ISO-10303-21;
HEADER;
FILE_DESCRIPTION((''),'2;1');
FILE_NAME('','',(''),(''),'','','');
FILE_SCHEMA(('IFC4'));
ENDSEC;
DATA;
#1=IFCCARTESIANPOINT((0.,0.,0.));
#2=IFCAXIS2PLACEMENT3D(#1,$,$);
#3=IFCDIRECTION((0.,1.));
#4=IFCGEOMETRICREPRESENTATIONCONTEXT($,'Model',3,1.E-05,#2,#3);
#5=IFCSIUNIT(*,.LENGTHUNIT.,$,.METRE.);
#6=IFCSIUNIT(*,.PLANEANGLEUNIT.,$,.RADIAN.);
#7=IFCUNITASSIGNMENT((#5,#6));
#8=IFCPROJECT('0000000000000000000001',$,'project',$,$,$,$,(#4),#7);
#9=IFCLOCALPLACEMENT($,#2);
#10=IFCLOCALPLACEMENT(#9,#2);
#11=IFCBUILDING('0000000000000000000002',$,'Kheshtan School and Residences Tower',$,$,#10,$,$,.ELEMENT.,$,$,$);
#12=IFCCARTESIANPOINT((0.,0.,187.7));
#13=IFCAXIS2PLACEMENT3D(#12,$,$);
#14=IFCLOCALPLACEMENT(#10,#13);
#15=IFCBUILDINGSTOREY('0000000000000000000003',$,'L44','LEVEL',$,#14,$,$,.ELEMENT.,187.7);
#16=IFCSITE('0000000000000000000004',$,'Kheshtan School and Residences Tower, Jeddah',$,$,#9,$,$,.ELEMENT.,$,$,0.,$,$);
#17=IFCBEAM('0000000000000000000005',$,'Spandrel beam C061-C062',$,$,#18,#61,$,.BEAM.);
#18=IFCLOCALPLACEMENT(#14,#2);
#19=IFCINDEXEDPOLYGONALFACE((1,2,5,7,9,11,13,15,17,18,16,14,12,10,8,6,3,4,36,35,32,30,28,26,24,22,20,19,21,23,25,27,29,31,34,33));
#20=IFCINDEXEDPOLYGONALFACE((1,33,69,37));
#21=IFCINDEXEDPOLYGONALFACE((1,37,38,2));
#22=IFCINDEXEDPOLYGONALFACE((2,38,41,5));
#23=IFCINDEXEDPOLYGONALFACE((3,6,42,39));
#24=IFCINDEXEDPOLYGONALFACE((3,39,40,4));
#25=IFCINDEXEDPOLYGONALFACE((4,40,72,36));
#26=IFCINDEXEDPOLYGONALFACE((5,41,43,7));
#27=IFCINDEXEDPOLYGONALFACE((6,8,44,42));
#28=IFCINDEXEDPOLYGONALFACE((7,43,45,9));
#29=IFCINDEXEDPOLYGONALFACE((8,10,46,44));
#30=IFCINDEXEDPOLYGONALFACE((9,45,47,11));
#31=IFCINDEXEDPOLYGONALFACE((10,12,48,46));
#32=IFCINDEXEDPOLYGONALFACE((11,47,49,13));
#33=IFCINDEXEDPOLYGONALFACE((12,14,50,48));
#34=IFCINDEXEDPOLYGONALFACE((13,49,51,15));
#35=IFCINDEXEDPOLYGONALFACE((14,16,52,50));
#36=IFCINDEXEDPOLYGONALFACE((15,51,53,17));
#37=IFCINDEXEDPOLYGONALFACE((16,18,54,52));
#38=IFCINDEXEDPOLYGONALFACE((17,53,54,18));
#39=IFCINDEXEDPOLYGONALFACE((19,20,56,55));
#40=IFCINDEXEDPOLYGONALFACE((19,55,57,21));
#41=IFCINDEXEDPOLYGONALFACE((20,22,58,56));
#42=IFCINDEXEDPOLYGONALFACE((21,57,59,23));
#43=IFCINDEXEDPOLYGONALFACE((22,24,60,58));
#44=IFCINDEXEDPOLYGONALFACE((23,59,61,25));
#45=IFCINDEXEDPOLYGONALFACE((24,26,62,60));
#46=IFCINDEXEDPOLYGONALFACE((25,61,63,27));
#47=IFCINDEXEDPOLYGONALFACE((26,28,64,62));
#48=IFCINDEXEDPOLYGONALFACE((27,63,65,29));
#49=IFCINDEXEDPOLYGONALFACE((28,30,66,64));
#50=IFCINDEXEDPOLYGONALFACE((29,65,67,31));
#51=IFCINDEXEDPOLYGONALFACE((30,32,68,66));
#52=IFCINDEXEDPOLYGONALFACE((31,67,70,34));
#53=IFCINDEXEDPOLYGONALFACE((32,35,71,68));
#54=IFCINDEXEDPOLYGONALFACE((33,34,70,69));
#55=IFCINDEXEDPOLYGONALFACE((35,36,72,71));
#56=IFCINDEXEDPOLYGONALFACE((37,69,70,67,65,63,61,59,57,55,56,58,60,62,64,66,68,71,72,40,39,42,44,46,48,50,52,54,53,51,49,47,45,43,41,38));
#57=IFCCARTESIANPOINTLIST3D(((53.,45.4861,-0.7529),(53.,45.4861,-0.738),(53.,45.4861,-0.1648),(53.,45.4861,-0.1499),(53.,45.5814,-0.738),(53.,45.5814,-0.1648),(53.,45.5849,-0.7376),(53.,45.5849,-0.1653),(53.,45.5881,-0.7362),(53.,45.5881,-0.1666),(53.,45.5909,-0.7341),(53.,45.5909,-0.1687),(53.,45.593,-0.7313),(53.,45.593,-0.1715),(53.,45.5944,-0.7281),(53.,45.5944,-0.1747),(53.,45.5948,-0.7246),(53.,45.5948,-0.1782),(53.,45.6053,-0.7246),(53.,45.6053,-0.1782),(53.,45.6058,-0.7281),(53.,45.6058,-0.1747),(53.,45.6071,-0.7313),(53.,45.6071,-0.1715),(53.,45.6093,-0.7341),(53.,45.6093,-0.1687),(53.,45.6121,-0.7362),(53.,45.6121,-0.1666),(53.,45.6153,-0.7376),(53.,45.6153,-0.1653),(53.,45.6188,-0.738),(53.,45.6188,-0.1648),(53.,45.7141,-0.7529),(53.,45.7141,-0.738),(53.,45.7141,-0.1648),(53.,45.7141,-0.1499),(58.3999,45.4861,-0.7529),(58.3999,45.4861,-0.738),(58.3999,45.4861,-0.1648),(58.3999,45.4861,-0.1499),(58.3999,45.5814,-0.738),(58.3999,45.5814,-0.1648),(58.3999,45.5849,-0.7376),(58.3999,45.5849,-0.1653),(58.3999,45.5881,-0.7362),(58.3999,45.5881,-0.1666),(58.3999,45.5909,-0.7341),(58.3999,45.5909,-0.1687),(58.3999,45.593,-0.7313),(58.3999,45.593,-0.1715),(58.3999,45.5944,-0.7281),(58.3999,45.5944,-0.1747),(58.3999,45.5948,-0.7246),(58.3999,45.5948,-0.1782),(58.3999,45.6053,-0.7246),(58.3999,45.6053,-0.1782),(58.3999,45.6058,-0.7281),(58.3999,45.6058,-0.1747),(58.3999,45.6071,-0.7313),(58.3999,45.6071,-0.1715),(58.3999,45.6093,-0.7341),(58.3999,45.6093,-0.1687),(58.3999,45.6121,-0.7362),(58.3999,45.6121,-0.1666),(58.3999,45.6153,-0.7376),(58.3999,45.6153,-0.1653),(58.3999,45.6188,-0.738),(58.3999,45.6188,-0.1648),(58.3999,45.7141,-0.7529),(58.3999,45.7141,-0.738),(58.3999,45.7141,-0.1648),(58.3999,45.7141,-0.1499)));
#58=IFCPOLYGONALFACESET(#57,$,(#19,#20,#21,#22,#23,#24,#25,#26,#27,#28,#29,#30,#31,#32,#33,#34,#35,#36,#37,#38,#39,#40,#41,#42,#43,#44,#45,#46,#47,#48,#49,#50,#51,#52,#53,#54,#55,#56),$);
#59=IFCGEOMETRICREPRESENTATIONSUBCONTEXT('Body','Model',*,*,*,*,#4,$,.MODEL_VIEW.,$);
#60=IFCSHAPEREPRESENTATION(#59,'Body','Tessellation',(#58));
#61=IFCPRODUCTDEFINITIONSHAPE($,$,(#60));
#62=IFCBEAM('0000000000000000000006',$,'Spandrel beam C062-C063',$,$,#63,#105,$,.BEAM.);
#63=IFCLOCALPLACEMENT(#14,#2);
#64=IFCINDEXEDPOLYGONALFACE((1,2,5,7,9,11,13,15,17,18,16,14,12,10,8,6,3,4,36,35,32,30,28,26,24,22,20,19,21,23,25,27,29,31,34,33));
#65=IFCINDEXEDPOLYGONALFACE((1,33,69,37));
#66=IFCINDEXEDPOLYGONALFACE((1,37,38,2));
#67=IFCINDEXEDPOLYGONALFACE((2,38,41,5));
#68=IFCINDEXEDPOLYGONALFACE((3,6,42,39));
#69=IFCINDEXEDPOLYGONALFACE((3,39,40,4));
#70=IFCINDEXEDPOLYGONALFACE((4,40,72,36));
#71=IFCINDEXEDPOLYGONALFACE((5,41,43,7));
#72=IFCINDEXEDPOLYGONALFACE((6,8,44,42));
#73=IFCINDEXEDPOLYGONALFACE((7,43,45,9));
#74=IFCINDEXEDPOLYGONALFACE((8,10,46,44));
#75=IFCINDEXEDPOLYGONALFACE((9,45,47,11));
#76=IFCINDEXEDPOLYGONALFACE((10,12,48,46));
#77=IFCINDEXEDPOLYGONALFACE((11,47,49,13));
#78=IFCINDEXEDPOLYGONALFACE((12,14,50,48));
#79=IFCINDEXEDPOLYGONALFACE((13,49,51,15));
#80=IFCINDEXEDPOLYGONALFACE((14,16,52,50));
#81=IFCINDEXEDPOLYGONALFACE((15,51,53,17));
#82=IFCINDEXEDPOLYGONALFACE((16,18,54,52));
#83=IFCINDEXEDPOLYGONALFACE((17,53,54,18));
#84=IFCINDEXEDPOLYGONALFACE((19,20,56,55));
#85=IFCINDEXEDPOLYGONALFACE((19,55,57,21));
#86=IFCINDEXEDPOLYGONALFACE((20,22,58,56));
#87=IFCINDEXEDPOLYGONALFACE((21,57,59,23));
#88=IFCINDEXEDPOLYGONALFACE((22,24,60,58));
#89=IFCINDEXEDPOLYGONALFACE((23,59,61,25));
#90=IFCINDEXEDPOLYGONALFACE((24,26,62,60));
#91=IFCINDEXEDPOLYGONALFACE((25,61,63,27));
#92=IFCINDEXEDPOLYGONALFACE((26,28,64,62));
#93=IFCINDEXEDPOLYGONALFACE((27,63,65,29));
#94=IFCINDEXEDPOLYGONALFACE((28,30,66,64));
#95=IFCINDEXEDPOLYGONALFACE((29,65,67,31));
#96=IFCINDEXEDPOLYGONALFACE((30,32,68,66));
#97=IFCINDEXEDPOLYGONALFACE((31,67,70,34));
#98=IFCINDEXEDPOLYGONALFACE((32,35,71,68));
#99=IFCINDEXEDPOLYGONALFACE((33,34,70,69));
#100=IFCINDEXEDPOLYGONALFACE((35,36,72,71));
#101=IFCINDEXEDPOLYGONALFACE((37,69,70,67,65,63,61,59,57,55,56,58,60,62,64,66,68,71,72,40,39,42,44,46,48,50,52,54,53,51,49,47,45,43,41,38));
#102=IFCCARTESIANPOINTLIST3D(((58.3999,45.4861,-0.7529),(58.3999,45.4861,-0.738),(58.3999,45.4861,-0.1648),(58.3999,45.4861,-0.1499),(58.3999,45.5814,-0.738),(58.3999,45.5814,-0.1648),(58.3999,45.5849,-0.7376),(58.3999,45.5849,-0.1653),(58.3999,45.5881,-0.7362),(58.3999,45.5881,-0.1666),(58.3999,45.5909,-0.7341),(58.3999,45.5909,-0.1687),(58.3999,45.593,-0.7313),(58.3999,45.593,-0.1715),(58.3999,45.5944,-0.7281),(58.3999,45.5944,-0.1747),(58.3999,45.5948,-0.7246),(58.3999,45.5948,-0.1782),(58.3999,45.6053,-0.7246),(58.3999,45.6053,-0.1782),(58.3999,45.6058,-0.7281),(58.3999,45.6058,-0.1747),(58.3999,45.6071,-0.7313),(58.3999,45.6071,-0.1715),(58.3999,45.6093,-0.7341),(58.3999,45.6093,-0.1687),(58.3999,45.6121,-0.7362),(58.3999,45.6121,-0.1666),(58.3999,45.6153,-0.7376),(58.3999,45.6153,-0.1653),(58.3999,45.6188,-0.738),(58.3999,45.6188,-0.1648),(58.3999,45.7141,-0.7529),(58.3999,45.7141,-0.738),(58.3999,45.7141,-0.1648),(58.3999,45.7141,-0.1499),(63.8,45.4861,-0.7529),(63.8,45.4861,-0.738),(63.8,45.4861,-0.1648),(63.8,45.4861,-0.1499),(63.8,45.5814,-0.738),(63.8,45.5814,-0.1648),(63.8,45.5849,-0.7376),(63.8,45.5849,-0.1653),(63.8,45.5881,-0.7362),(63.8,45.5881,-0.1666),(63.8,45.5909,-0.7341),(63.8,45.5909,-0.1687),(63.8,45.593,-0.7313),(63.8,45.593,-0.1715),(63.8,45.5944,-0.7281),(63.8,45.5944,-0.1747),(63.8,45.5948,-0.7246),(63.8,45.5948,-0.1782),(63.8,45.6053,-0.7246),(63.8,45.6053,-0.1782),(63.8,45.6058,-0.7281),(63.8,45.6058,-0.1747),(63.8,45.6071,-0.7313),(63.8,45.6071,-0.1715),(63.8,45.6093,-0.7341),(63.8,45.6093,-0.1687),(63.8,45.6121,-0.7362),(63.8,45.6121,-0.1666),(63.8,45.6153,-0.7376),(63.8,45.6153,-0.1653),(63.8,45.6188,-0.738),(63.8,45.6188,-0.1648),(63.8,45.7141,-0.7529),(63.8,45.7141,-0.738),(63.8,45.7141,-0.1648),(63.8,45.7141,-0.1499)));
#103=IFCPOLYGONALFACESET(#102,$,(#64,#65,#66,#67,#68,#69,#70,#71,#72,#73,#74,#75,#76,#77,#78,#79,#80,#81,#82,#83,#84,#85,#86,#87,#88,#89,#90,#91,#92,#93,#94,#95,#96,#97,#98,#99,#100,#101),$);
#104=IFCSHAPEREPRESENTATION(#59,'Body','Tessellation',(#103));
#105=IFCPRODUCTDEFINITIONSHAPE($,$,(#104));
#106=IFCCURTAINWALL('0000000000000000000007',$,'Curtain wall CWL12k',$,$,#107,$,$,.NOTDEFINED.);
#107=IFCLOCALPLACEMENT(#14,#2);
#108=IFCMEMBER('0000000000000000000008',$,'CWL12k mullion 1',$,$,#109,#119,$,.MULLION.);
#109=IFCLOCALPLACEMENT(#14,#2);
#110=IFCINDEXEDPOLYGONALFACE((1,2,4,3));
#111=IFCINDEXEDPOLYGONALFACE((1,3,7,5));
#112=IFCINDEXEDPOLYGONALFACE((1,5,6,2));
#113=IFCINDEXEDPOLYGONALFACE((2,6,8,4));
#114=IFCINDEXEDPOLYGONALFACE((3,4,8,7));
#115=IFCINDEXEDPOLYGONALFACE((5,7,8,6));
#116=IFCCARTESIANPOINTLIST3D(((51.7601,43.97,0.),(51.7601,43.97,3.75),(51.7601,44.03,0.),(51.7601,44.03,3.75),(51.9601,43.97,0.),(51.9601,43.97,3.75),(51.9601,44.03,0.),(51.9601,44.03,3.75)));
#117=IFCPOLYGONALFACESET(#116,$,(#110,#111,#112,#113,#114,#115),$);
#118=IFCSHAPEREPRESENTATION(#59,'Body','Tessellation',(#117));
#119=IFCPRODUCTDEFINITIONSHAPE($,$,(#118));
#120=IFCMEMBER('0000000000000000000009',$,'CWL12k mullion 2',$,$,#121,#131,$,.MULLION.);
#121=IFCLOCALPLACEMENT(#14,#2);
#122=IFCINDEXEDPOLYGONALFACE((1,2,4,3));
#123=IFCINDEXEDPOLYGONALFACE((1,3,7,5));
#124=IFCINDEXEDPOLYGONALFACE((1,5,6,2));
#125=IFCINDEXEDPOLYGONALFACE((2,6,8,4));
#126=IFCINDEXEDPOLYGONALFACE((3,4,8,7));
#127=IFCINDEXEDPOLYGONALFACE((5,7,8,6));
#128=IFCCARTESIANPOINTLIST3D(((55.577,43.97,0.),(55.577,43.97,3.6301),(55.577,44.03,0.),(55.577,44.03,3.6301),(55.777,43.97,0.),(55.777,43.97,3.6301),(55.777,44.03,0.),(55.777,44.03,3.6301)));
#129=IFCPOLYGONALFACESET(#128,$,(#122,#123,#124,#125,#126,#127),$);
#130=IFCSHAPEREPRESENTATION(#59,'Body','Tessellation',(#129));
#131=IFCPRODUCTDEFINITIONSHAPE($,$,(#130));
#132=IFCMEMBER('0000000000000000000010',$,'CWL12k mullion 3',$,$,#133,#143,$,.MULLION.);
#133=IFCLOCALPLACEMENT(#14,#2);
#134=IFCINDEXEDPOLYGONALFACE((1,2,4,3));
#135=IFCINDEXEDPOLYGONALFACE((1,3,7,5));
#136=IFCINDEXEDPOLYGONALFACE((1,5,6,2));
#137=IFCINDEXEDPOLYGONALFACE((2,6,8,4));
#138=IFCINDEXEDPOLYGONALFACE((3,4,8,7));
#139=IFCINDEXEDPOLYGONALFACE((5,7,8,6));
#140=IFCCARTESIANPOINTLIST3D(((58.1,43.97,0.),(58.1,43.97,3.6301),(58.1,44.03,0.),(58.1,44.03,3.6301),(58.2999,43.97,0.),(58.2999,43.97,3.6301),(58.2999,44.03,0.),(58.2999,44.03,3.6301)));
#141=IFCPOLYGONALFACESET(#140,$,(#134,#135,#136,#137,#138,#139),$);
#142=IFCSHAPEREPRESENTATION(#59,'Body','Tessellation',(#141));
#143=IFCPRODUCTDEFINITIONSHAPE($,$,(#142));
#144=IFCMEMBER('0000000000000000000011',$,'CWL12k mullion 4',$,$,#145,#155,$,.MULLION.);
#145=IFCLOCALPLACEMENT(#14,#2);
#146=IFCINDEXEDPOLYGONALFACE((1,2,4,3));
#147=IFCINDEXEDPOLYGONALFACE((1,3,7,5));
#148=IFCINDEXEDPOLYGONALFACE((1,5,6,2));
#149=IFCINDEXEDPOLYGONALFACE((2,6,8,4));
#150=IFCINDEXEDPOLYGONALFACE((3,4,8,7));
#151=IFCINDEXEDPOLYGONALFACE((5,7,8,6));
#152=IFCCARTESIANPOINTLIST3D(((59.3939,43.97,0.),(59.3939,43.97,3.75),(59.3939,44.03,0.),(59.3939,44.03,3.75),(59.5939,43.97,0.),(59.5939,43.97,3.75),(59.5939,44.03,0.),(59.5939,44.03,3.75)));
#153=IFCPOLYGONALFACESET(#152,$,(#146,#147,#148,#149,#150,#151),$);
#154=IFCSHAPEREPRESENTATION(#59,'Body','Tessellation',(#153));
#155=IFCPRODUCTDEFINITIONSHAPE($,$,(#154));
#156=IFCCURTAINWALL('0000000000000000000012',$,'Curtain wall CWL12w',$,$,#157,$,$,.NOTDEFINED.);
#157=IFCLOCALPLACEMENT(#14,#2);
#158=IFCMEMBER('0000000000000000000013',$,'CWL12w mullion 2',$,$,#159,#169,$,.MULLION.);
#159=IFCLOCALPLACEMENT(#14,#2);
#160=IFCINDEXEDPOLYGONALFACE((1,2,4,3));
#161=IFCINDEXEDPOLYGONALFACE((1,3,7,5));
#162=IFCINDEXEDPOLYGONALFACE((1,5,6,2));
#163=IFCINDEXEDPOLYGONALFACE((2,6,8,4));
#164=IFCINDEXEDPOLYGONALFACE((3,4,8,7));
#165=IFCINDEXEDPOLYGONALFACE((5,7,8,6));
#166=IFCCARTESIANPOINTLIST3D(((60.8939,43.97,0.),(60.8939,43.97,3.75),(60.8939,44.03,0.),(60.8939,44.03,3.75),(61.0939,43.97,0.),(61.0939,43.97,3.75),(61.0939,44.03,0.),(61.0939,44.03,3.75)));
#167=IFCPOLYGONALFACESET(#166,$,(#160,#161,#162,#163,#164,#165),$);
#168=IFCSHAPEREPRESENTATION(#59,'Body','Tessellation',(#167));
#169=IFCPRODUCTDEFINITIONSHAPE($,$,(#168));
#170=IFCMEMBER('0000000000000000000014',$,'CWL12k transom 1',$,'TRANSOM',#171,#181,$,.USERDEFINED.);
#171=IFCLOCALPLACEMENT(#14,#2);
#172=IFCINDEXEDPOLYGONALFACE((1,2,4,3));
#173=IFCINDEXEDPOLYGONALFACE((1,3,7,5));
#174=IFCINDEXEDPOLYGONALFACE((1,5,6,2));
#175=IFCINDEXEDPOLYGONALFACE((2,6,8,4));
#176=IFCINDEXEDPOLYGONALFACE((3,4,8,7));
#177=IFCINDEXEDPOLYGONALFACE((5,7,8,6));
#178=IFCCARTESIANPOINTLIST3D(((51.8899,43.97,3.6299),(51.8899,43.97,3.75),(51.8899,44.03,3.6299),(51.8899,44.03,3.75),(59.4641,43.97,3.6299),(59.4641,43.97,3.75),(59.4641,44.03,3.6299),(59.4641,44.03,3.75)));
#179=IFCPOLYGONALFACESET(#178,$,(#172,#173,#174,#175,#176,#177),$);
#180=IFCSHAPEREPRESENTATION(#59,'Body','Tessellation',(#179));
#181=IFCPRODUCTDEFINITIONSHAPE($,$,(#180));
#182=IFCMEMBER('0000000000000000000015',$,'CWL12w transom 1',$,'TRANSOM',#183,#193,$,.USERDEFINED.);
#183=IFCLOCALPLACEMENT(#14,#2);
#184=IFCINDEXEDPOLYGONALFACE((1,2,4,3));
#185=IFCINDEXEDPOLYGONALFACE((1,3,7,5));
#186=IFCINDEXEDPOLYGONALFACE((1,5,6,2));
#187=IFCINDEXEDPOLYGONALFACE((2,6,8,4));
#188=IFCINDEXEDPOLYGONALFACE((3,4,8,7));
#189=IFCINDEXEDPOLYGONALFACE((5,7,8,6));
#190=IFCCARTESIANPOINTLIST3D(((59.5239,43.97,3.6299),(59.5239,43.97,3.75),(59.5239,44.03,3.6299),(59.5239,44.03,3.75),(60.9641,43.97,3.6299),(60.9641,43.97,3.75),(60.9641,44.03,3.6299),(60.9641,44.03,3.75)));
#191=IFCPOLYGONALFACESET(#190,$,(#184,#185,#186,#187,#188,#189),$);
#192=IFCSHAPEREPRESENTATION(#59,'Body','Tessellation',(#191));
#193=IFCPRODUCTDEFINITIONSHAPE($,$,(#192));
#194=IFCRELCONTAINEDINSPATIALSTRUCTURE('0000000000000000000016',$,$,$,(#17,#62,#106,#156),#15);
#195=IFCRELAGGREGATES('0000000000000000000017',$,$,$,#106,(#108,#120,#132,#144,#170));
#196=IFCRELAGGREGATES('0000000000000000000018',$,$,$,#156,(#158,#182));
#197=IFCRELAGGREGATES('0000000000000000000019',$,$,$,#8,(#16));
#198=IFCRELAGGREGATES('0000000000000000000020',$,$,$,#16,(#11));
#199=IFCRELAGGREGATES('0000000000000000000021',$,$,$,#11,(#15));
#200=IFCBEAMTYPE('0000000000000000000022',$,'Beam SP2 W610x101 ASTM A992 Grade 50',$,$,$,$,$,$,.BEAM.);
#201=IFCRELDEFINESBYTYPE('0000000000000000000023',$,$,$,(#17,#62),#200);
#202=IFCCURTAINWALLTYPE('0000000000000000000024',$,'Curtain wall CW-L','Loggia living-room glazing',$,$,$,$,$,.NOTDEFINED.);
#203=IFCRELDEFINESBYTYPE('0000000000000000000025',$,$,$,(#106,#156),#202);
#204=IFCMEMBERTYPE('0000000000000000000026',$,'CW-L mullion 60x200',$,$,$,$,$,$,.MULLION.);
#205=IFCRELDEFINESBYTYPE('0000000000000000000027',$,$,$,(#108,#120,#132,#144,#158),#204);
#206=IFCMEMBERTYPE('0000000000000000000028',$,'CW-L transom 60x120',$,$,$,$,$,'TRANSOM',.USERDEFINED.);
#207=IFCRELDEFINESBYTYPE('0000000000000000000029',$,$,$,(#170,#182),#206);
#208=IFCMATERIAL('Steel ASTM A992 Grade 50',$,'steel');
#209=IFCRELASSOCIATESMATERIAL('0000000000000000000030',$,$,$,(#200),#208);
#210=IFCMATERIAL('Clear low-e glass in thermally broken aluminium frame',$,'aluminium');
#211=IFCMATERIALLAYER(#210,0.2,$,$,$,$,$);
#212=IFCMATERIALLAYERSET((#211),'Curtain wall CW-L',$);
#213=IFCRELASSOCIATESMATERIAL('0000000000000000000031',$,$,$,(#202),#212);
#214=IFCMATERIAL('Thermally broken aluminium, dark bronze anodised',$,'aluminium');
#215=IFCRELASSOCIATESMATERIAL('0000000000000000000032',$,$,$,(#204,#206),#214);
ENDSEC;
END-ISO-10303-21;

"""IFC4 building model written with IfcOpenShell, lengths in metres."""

from ifc_helpers import new_model, si_unit, direction, frame, origin, origin_2d, place, context, subcontext, project, spatial, rectangle, i_section, extrude, material, layer, layer_set, material_profile, profile_set, type_object, element, aggregate, save


model = new_model("IFC4")

# Units and contexts
model_context = context("Model", 3, precision=1e-05, world=origin(), true_north=direction((0.0, 1.0)))
body_context = subcontext(model_context, "Body", "Model", "MODEL_VIEW")
ifc_project = project(units=[si_unit("LENGTHUNIT", "METRE"), si_unit("PLANEANGLEUNIT", "RADIAN")], contexts=[model_context])

# Site, building, storey
site_placement = place(None, origin())
site = spatial("IfcSite", under=ifc_project, at=site_placement, Name="Kheshtan School and Residences Tower, Jeddah", CompositionType="ELEMENT", RefElevation=0.0)
building_placement = place(site_placement, origin())
building = spatial("IfcBuilding", under=site, at=building_placement, Name="Kheshtan School and Residences Tower", CompositionType="ELEMENT")
storey_placement = place(building_placement, frame((0.0, 0.0, 187.7)))
storey = spatial("IfcBuildingStorey", under=building, at=storey_placement, Name="L44", Description="LEVEL", CompositionType="ELEMENT", Elevation=187.7)

# Shared definitions
ifc_material_1 = material(Name="Steel ASTM A992 Grade 50", Category="steel")

# Beams
ifc_material_profile_1 = material_profile(ifc_material_1, i_section(OverallWidth=0.228, OverallDepth=0.603, WebThickness=0.0105, FlangeThickness=0.0149, FilletRadius=0.0134, at=origin_2d()), Name="W610x101")
ifc_profile_set_1 = profile_set([ifc_material_profile_1], Name="Steel ASTM A992 Grade 50")
beam_type = type_object("IfcBeamType", Name="Beam SP2 W610x101 ASTM A992 Grade 50", PredefinedType="BEAM", material=ifc_profile_set_1)
beam_1_placement = place(storey_placement, frame((53.0, 45.6001, -0.4514), z_axis=(1.0, 0.0, 0.0), x_axis=(0.0, 1.0, 0.0)))
element("IfcBeam", 1, at=beam_1_placement, inside=storey, type_object=beam_type, Name="Spandrel beam C061-C062", PredefinedType="BEAM", context=body_context, shape_type="SweptSolid", body=[
    extrude(i_section(OverallWidth=0.228, OverallDepth=0.603, WebThickness=0.0105, FlangeThickness=0.0149, FilletRadius=0.0134, at=origin_2d()), origin(), (0.0, 0.0, 1.0), 5.3999),
])
beam_2_placement = place(storey_placement, frame((58.3999, 45.6001, -0.4514), z_axis=(1.0, 0.0, 0.0), x_axis=(0.0, 1.0, 0.0)))
element("IfcBeam", 2, at=beam_2_placement, inside=storey, type_object=beam_type, Name="Spandrel beam C062-C063", PredefinedType="BEAM", context=body_context, shape_type="SweptSolid", body=[
    extrude(i_section(OverallWidth=0.228, OverallDepth=0.603, WebThickness=0.0105, FlangeThickness=0.0149, FilletRadius=0.0134, at=origin_2d()), origin(), (0.0, 0.0, 1.0), 5.4001),
])

# Curtain wall, members
ifc_material_2 = material(Name="Clear low-e glass in thermally broken aluminium frame", Category="aluminium")
ifc_layer_1 = layer(ifc_material_2, 0.2)
ifc_layer_set_1 = layer_set([ifc_layer_1], Name="Curtain wall CW-L")
curtain_wall_type = type_object("IfcCurtainWallType", Name="Curtain wall CW-L", Description="Loggia living-room glazing", PredefinedType="NOTDEFINED", material=ifc_layer_set_1)
curtain_wall_1_placement = place(storey_placement, origin())
curtain_wall_1 = element("IfcCurtainWall", 3, at=curtain_wall_1_placement, inside=storey, type_object=curtain_wall_type, Name="Curtain wall CWL12k", PredefinedType="NOTDEFINED")
ifc_material_3 = material(Name="Thermally broken aluminium, dark bronze anodised", Category="aluminium")
ifc_material_profile_2 = material_profile(ifc_material_3, rectangle(XDim=0.0601, YDim=0.2, at=origin_2d()), Name="CW-L mullion 60x200")
ifc_profile_set_2 = profile_set([ifc_material_profile_2], Name="Thermally broken aluminium, dark bronze anodised")
member_type_1 = type_object("IfcMemberType", Name="CW-L mullion 60x200", PredefinedType="MULLION", material=ifc_profile_set_2)
member_1_placement = place(storey_placement, frame((51.8601, 44.0, 0.0), z_axis=(0.0, 0.0, 1.0), x_axis=(0.0, 1.0, 0.0)))
member_1 = element("IfcMember", 4, at=member_1_placement, type_object=member_type_1, Name="CWL12k mullion 1", PredefinedType="MULLION", context=body_context, shape_type="SweptSolid", body=[
    extrude(rectangle(XDim=0.0601, YDim=0.2, at=origin_2d()), origin(), (0.0, 0.0, 1.0), 3.75),
])
member_2_placement = place(storey_placement, frame((55.677, 44.0, 0.0), z_axis=(0.0, 0.0, 1.0), x_axis=(0.0, 1.0, 0.0)))
member_2 = element("IfcMember", 5, at=member_2_placement, type_object=member_type_1, Name="CWL12k mullion 2", PredefinedType="MULLION", context=body_context, shape_type="SweptSolid", body=[
    extrude(rectangle(XDim=0.0601, YDim=0.2, at=origin_2d()), origin(), (0.0, 0.0, 1.0), 3.6301),
])
member_3_placement = place(storey_placement, frame((58.2, 44.0, 0.0), z_axis=(0.0, 0.0, 1.0), x_axis=(0.0, 1.0, 0.0)))
member_3 = element("IfcMember", 6, at=member_3_placement, type_object=member_type_1, Name="CWL12k mullion 3", PredefinedType="MULLION", context=body_context, shape_type="SweptSolid", body=[
    extrude(rectangle(XDim=0.0601, YDim=0.2, at=origin_2d()), origin(), (0.0, 0.0, 1.0), 3.6301),
])
member_4_placement = place(storey_placement, frame((59.4939, 44.0, 0.0), z_axis=(0.0, 0.0, 1.0), x_axis=(0.0, 1.0, 0.0)))
member_4 = element("IfcMember", 7, at=member_4_placement, type_object=member_type_1, Name="CWL12k mullion 4", PredefinedType="MULLION", context=body_context, shape_type="SweptSolid", body=[
    extrude(rectangle(XDim=0.0601, YDim=0.2, at=origin_2d()), origin(), (0.0, 0.0, 1.0), 3.75),
])

# Curtain wall, member
curtain_wall_2_placement = place(storey_placement, origin())
curtain_wall_2 = element("IfcCurtainWall", 8, at=curtain_wall_2_placement, inside=storey, type_object=curtain_wall_type, Name="Curtain wall CWL12w", PredefinedType="NOTDEFINED")
member_5_placement = place(storey_placement, frame((60.9939, 44.0, 0.0), z_axis=(0.0, 0.0, 1.0), x_axis=(0.0, 1.0, 0.0)))
member_5 = element("IfcMember", 9, at=member_5_placement, type_object=member_type_1, Name="CWL12w mullion 2", PredefinedType="MULLION", context=body_context, shape_type="SweptSolid", body=[
    extrude(rectangle(XDim=0.0601, YDim=0.2, at=origin_2d()), origin(), (0.0, 0.0, 1.0), 3.75),
])

# Members
ifc_material_profile_3 = material_profile(ifc_material_3, rectangle(XDim=0.0601, YDim=0.1201, at=origin_2d()), Name="CW-L transom 60x120")
ifc_profile_set_3 = profile_set([ifc_material_profile_3], Name="Thermally broken aluminium, dark bronze anodised")
member_type_2 = type_object("IfcMemberType", Name="CW-L transom 60x120", ElementType="TRANSOM", PredefinedType="USERDEFINED", material=ifc_profile_set_3)
member_6_placement = place(storey_placement, frame((51.8899, 44.0, 3.6899), z_axis=(1.0, 0.0, 0.0), x_axis=(0.0, 1.0, 0.0)))
member_6 = element("IfcMember", 10, at=member_6_placement, type_object=member_type_2, Name="CWL12k transom 1", ObjectType="TRANSOM", PredefinedType="USERDEFINED", context=body_context, shape_type="SweptSolid", body=[
    extrude(rectangle(XDim=0.0601, YDim=0.1201, at=origin_2d()), origin(), (0.0, 0.0, 1.0), 7.5742),
])
member_7_placement = place(storey_placement, frame((59.5239, 44.0, 3.6899), z_axis=(1.0, 0.0, 0.0), x_axis=(0.0, 1.0, 0.0)))
member_7 = element("IfcMember", 11, at=member_7_placement, type_object=member_type_2, Name="CWL12w transom 1", ObjectType="TRANSOM", PredefinedType="USERDEFINED", context=body_context, shape_type="SweptSolid", body=[
    extrude(rectangle(XDim=0.0601, YDim=0.1201, at=origin_2d()), origin(), (0.0, 0.0, 1.0), 1.4402),
])

aggregate(curtain_wall_1, [member_1, member_2, member_3, member_4, member_6])
aggregate(curtain_wall_2, [member_5, member_7])

save(model, "model.ifc")
